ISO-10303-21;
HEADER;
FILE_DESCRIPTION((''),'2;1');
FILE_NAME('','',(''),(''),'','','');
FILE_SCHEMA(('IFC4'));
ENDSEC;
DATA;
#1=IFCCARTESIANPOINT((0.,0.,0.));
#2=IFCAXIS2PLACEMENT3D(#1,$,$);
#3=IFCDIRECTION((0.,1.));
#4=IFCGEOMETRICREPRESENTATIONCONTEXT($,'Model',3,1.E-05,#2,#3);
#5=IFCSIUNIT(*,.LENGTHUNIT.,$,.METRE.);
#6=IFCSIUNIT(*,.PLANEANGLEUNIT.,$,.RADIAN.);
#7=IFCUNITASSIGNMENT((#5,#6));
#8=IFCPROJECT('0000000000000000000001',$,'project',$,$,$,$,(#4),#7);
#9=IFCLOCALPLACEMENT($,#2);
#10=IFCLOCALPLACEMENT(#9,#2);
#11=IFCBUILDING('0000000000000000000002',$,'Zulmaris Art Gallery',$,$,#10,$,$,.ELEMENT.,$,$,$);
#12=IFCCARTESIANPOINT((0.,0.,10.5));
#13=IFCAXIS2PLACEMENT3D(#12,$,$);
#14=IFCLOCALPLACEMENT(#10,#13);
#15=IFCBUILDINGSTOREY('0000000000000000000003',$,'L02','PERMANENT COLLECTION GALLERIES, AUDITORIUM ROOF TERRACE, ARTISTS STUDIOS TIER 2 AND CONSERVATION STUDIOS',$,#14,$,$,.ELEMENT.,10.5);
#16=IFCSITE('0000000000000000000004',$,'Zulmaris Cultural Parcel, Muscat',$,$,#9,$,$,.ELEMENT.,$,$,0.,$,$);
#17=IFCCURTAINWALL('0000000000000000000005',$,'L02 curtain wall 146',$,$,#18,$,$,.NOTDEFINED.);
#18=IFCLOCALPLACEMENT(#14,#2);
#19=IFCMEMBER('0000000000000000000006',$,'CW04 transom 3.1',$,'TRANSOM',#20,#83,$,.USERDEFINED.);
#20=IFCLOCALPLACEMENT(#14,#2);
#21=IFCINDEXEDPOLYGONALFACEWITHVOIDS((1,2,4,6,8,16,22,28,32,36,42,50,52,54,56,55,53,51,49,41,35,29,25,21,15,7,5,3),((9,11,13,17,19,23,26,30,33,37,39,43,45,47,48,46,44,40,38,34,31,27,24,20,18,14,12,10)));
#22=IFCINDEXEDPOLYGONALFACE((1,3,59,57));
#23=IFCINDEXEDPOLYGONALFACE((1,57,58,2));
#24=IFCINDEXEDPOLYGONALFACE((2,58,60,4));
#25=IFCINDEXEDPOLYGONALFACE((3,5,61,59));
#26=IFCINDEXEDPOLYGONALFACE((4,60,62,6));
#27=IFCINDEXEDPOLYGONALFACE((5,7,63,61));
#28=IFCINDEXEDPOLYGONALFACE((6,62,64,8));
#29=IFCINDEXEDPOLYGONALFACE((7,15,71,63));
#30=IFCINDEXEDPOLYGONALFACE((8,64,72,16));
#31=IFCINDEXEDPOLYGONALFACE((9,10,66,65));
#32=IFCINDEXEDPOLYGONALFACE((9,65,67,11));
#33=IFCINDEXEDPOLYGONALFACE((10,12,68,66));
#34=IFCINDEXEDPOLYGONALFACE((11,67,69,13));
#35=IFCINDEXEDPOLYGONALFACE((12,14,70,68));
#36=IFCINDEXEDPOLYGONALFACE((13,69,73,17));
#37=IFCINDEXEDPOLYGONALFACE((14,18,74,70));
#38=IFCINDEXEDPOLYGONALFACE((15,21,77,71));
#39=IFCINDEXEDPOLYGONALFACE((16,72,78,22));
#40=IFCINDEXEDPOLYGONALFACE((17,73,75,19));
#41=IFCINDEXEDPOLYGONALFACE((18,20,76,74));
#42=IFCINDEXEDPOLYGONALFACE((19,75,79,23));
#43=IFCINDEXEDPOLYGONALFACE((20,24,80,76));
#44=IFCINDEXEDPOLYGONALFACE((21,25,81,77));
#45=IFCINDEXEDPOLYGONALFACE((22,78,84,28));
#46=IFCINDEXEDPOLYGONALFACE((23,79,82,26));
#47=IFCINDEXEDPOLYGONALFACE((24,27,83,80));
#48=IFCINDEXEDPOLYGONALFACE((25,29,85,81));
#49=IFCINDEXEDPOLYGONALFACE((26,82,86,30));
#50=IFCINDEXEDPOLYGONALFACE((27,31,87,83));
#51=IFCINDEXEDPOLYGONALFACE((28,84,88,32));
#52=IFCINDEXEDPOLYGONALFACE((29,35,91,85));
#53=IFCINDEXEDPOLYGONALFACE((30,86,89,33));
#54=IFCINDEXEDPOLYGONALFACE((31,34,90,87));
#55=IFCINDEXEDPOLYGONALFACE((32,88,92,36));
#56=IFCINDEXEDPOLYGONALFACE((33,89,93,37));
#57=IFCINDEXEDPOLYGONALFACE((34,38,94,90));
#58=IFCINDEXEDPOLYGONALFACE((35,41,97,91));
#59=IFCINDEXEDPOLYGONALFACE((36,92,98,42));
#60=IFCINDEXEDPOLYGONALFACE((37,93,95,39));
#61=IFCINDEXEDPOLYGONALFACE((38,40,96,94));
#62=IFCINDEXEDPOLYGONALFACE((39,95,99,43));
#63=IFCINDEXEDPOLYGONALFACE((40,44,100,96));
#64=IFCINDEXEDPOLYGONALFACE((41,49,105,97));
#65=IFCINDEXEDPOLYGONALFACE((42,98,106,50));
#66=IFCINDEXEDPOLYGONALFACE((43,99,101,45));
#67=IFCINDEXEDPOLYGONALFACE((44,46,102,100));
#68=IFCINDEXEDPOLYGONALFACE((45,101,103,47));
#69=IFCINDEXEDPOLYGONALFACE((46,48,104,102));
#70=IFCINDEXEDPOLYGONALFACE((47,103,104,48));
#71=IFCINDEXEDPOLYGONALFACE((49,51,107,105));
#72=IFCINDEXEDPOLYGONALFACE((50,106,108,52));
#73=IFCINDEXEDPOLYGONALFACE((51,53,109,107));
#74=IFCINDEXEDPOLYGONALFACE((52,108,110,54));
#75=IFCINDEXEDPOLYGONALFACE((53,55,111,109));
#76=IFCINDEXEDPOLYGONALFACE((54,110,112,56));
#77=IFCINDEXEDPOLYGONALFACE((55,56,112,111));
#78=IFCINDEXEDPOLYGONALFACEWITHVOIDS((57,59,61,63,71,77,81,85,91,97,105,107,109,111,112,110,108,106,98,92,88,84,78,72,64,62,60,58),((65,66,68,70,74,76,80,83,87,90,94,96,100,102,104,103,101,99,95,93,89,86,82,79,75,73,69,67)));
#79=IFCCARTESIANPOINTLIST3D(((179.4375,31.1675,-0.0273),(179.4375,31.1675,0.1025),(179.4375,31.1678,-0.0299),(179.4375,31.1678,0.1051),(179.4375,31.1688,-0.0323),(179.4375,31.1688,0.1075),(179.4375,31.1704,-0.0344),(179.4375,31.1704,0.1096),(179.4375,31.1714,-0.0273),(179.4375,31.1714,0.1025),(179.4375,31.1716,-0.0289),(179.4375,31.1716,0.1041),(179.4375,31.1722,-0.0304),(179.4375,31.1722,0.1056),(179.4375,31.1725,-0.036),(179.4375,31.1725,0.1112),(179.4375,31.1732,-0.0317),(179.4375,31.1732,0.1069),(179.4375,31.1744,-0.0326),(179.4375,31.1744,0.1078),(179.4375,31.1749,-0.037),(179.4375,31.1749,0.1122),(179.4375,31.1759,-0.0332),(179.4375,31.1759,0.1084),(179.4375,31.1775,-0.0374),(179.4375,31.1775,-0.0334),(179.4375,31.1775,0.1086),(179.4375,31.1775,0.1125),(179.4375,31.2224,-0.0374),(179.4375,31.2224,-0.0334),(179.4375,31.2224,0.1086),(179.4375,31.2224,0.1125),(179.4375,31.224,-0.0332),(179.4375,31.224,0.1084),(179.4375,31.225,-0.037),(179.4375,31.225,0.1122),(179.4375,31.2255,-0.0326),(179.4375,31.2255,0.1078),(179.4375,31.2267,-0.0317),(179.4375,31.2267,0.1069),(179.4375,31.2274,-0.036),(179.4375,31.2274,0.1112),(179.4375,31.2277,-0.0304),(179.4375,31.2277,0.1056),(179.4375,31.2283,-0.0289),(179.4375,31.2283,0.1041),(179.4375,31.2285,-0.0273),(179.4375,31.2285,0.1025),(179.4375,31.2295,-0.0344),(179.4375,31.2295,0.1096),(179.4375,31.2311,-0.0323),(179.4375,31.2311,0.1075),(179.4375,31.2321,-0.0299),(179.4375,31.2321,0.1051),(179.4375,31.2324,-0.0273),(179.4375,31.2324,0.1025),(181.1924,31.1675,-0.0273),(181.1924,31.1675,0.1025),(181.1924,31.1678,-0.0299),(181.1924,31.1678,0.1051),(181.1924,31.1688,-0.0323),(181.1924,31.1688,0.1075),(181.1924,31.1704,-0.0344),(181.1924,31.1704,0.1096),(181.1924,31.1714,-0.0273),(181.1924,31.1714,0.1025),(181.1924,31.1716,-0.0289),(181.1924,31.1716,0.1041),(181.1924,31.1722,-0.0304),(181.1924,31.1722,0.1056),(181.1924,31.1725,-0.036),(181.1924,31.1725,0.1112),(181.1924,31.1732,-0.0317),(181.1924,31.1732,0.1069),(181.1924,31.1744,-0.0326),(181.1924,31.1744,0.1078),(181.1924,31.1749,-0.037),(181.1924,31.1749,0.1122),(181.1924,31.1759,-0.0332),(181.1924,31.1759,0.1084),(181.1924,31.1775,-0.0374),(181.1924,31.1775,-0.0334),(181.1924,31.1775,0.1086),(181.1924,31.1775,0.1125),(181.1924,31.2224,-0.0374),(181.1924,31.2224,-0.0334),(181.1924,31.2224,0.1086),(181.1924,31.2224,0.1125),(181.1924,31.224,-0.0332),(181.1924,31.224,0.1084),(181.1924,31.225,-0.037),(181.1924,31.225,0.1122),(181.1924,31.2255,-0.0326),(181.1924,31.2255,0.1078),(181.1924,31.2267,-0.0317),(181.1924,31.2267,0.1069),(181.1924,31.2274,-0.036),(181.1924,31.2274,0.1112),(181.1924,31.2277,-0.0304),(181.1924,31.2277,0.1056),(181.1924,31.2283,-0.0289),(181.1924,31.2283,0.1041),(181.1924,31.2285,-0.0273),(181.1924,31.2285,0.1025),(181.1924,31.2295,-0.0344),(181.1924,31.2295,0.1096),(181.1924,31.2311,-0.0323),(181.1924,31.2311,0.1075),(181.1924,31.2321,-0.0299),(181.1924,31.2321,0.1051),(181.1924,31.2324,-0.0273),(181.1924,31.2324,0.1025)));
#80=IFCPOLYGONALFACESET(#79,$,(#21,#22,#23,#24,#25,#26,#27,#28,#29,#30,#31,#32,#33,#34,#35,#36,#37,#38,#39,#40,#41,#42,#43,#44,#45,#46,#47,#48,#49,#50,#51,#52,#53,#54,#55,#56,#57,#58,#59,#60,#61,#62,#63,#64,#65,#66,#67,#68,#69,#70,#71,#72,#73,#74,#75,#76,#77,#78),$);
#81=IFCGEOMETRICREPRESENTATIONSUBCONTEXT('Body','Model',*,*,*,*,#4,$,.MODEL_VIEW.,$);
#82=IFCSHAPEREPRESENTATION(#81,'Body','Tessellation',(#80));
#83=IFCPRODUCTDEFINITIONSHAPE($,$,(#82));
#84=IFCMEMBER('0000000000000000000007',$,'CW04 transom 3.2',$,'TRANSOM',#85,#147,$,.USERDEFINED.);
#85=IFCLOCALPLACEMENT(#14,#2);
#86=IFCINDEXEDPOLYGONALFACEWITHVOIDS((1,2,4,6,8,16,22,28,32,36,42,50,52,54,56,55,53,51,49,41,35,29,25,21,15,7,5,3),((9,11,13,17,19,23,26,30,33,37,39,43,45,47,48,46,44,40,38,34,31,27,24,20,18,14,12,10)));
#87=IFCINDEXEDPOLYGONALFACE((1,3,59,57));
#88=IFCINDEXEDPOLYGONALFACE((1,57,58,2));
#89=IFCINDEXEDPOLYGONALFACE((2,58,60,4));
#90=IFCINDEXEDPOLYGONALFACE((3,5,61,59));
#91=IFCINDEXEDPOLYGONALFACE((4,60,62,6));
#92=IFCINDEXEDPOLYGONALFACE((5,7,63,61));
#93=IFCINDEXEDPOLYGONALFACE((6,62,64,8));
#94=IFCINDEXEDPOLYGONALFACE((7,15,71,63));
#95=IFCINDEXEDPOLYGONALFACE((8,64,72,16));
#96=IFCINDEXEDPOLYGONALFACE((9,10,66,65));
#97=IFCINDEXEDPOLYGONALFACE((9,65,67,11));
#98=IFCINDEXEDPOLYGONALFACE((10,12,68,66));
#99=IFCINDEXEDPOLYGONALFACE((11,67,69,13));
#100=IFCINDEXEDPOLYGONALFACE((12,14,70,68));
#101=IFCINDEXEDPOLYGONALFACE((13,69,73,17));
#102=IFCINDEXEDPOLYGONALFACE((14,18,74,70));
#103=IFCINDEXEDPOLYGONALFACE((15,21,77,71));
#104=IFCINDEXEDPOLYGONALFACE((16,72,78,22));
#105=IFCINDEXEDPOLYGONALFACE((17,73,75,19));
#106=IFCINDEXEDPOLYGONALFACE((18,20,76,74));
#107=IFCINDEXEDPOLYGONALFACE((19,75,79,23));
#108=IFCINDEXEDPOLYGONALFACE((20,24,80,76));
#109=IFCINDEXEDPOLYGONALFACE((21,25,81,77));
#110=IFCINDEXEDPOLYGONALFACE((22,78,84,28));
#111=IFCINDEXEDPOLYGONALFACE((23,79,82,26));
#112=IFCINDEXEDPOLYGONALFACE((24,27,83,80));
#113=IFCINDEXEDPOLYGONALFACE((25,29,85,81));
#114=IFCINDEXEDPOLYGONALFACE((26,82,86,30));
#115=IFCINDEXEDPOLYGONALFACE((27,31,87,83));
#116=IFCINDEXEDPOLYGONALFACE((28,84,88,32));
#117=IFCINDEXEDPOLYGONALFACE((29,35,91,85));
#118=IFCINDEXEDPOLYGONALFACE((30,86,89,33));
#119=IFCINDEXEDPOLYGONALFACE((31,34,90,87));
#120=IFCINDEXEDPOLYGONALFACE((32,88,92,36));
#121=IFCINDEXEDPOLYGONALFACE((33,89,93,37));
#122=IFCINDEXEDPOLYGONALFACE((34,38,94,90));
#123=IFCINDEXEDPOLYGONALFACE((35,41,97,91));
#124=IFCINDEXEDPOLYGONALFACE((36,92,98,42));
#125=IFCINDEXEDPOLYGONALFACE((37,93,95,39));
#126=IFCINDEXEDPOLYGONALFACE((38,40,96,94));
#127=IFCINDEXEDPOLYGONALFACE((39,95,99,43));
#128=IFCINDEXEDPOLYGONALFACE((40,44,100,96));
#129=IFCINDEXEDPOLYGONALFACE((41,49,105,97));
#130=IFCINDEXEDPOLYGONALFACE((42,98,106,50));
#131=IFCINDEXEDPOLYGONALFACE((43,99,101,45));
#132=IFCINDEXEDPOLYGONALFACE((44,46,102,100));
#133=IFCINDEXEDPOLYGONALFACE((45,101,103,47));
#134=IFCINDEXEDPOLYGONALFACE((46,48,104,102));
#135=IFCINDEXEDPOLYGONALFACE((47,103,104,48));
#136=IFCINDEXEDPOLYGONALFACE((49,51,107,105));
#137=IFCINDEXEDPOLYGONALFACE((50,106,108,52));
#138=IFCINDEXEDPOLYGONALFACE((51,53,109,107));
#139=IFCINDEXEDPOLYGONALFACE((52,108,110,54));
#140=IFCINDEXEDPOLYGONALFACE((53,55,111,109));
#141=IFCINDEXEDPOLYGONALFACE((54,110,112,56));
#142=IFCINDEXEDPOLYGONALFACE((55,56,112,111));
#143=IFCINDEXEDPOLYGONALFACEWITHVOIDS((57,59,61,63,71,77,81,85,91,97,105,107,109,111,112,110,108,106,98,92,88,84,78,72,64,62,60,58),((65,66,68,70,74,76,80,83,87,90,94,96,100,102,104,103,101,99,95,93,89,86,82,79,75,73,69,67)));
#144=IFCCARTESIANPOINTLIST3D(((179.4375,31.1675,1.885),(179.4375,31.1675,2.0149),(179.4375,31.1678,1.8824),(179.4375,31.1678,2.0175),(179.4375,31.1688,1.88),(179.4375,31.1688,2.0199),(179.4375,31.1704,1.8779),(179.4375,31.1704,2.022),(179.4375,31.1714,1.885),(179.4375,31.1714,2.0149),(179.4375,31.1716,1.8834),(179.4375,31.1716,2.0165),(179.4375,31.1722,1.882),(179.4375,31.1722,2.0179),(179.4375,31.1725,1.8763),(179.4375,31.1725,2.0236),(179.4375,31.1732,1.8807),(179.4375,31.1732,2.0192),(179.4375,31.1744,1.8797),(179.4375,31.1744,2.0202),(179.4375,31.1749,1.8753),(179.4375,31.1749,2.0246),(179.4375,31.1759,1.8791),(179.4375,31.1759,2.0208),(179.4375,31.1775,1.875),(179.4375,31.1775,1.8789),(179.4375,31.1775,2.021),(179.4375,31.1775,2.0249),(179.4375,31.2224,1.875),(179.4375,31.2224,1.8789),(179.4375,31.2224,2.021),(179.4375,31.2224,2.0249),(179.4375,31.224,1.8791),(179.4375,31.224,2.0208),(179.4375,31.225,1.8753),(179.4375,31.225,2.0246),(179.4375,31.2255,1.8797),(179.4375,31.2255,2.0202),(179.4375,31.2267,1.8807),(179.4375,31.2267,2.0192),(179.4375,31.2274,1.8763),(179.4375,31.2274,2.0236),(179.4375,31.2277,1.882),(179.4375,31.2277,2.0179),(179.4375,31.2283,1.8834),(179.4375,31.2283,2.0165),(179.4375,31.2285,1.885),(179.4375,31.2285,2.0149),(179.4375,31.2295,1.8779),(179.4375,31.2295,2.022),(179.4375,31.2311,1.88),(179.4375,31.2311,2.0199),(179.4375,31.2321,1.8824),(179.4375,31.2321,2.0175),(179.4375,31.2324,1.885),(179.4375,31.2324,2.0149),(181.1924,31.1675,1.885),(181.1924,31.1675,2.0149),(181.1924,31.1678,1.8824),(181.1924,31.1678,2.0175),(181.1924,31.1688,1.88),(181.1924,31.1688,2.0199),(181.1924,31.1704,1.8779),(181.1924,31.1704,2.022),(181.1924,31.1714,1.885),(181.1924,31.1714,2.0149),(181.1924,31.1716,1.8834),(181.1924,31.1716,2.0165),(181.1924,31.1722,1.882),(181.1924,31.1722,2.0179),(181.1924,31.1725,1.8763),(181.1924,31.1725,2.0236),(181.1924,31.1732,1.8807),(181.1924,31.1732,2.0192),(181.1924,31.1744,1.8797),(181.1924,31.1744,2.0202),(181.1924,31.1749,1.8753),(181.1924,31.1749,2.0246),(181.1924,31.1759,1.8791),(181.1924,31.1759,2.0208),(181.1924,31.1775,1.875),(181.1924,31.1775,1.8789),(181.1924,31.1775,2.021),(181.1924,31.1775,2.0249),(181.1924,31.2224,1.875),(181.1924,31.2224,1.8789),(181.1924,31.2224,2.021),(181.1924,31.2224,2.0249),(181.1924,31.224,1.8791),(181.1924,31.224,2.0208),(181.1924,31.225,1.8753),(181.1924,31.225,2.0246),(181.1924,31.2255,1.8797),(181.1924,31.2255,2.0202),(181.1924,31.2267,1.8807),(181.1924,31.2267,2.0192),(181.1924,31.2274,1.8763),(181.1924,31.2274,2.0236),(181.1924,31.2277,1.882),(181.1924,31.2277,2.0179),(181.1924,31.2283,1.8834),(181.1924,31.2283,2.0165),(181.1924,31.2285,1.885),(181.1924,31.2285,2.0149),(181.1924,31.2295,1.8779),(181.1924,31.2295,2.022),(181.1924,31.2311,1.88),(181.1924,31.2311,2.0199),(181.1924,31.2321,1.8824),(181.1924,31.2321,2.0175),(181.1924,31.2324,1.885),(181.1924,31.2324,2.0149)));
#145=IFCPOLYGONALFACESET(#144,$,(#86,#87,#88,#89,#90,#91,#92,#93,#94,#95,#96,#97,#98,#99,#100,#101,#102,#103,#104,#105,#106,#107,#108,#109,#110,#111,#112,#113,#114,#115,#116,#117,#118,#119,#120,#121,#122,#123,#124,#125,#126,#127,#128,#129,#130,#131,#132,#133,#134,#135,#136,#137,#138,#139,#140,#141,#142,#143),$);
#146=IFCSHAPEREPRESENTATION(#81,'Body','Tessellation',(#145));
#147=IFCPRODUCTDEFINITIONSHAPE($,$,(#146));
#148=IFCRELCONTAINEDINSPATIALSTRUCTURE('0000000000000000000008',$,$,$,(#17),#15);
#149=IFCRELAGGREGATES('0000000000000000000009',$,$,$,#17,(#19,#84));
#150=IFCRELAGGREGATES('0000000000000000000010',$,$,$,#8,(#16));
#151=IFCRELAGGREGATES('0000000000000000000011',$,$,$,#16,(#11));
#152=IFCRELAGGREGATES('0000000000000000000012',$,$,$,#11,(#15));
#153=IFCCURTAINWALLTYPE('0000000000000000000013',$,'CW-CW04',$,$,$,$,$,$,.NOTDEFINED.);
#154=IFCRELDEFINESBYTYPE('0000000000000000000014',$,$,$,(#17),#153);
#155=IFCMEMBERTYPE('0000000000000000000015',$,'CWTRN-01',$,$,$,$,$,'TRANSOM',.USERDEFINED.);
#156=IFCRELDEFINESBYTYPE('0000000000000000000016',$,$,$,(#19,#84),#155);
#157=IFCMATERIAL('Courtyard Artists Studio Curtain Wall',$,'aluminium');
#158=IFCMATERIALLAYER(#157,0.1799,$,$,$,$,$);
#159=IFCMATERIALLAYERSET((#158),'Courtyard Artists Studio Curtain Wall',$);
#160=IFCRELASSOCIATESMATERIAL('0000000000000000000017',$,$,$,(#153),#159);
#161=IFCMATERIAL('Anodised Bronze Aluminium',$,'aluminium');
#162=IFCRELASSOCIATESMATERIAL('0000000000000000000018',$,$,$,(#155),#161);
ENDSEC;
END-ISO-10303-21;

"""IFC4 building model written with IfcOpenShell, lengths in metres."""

from ifc_helpers import new_model, si_unit, direction, frame, origin, origin_2d, place, context, subcontext, project, spatial, hollow_rectangle, extrude, material, layer, layer_set, material_profile, profile_set, type_object, element, aggregate, save


model = new_model("IFC4")

# Units and contexts
model_context = context("Model", 3, precision=1e-05, world=origin(), true_north=direction((0.0, 1.0)))
body_context = subcontext(model_context, "Body", "Model", "MODEL_VIEW")
ifc_project = project(units=[si_unit("LENGTHUNIT", "METRE"), si_unit("PLANEANGLEUNIT", "RADIAN")], contexts=[model_context])

# Site, building, storey
site_placement = place(None, origin())
site = spatial("IfcSite", under=ifc_project, at=site_placement, Name="Zulmaris Cultural Parcel, Muscat", CompositionType="ELEMENT", RefElevation=0.0)
building_placement = place(site_placement, origin())
building = spatial("IfcBuilding", under=site, at=building_placement, Name="Zulmaris Art Gallery", CompositionType="ELEMENT")
storey_placement = place(building_placement, frame((0.0, 0.0, 10.5)))
storey = spatial("IfcBuildingStorey", under=building, at=storey_placement, Name="L02", Description="PERMANENT COLLECTION GALLERIES, AUDITORIUM ROOF TERRACE, ARTISTS STUDIOS TIER 2 AND CONSERVATION STUDIOS", CompositionType="ELEMENT", Elevation=10.5)

# Curtain wall
ifc_material_1 = material(Name="Courtyard Artists Studio Curtain Wall", Category="aluminium")
ifc_layer_1 = layer(ifc_material_1, 0.1799)
ifc_layer_set_1 = layer_set([ifc_layer_1], Name="Courtyard Artists Studio Curtain Wall")
curtain_wall_type = type_object("IfcCurtainWallType", Name="CW-CW04", PredefinedType="NOTDEFINED", material=ifc_layer_set_1)
ifc_material_2 = material(Name="Anodised Bronze Aluminium", Category="aluminium")
curtain_wall_1_placement = place(storey_placement, origin())
curtain_wall_1 = element("IfcCurtainWall", 1, at=curtain_wall_1_placement, inside=storey, type_object=curtain_wall_type, Name="L02 curtain wall 146", PredefinedType="NOTDEFINED")

# Members
ifc_material_profile_1 = material_profile(ifc_material_2, hollow_rectangle(XDim=0.0649, YDim=0.1499, WallThickness=0.0039, InnerFilletRadius=0.0061, OuterFilletRadius=0.01, at=origin_2d()), Name="ALU 65x150x4")
ifc_profile_set_1 = profile_set([ifc_material_profile_1], Name="Anodised Bronze Aluminium")
member_type_1 = type_object("IfcMemberType", Name="CWTRN-01", ElementType="TRANSOM", PredefinedType="USERDEFINED", material=ifc_profile_set_1)
member_1_placement = place(storey_placement, frame((179.4375, 31.2, 0.0376), z_axis=(1.0, 0.0, 0.0), x_axis=(0.0, 1.0, 0.0)))
member_1 = element("IfcMember", 2, at=member_1_placement, type_object=member_type_1, Name="CW04 transom 3.1", ObjectType="TRANSOM", PredefinedType="USERDEFINED", context=body_context, shape_type="SweptSolid", body=[
    extrude(hollow_rectangle(XDim=0.0649, YDim=0.1499, WallThickness=0.0039, InnerFilletRadius=0.0061, OuterFilletRadius=0.01, at=origin_2d()), origin(), (0.0, 0.0, 1.0), 1.7549),
])
member_2_placement = place(storey_placement, frame((179.4375, 31.2, 1.95), z_axis=(1.0, 0.0, 0.0), x_axis=(0.0, 1.0, 0.0)))
member_2 = element("IfcMember", 3, at=member_2_placement, type_object=member_type_1, Name="CW04 transom 3.2", ObjectType="TRANSOM", PredefinedType="USERDEFINED", context=body_context, shape_type="SweptSolid", body=[
    extrude(hollow_rectangle(XDim=0.0649, YDim=0.1499, WallThickness=0.0039, InnerFilletRadius=0.0061, OuterFilletRadius=0.01, at=origin_2d()), origin(), (0.0, 0.0, 1.0), 1.7549),
])

aggregate(curtain_wall_1, [member_1, member_2])

save(model, "model.ifc")
